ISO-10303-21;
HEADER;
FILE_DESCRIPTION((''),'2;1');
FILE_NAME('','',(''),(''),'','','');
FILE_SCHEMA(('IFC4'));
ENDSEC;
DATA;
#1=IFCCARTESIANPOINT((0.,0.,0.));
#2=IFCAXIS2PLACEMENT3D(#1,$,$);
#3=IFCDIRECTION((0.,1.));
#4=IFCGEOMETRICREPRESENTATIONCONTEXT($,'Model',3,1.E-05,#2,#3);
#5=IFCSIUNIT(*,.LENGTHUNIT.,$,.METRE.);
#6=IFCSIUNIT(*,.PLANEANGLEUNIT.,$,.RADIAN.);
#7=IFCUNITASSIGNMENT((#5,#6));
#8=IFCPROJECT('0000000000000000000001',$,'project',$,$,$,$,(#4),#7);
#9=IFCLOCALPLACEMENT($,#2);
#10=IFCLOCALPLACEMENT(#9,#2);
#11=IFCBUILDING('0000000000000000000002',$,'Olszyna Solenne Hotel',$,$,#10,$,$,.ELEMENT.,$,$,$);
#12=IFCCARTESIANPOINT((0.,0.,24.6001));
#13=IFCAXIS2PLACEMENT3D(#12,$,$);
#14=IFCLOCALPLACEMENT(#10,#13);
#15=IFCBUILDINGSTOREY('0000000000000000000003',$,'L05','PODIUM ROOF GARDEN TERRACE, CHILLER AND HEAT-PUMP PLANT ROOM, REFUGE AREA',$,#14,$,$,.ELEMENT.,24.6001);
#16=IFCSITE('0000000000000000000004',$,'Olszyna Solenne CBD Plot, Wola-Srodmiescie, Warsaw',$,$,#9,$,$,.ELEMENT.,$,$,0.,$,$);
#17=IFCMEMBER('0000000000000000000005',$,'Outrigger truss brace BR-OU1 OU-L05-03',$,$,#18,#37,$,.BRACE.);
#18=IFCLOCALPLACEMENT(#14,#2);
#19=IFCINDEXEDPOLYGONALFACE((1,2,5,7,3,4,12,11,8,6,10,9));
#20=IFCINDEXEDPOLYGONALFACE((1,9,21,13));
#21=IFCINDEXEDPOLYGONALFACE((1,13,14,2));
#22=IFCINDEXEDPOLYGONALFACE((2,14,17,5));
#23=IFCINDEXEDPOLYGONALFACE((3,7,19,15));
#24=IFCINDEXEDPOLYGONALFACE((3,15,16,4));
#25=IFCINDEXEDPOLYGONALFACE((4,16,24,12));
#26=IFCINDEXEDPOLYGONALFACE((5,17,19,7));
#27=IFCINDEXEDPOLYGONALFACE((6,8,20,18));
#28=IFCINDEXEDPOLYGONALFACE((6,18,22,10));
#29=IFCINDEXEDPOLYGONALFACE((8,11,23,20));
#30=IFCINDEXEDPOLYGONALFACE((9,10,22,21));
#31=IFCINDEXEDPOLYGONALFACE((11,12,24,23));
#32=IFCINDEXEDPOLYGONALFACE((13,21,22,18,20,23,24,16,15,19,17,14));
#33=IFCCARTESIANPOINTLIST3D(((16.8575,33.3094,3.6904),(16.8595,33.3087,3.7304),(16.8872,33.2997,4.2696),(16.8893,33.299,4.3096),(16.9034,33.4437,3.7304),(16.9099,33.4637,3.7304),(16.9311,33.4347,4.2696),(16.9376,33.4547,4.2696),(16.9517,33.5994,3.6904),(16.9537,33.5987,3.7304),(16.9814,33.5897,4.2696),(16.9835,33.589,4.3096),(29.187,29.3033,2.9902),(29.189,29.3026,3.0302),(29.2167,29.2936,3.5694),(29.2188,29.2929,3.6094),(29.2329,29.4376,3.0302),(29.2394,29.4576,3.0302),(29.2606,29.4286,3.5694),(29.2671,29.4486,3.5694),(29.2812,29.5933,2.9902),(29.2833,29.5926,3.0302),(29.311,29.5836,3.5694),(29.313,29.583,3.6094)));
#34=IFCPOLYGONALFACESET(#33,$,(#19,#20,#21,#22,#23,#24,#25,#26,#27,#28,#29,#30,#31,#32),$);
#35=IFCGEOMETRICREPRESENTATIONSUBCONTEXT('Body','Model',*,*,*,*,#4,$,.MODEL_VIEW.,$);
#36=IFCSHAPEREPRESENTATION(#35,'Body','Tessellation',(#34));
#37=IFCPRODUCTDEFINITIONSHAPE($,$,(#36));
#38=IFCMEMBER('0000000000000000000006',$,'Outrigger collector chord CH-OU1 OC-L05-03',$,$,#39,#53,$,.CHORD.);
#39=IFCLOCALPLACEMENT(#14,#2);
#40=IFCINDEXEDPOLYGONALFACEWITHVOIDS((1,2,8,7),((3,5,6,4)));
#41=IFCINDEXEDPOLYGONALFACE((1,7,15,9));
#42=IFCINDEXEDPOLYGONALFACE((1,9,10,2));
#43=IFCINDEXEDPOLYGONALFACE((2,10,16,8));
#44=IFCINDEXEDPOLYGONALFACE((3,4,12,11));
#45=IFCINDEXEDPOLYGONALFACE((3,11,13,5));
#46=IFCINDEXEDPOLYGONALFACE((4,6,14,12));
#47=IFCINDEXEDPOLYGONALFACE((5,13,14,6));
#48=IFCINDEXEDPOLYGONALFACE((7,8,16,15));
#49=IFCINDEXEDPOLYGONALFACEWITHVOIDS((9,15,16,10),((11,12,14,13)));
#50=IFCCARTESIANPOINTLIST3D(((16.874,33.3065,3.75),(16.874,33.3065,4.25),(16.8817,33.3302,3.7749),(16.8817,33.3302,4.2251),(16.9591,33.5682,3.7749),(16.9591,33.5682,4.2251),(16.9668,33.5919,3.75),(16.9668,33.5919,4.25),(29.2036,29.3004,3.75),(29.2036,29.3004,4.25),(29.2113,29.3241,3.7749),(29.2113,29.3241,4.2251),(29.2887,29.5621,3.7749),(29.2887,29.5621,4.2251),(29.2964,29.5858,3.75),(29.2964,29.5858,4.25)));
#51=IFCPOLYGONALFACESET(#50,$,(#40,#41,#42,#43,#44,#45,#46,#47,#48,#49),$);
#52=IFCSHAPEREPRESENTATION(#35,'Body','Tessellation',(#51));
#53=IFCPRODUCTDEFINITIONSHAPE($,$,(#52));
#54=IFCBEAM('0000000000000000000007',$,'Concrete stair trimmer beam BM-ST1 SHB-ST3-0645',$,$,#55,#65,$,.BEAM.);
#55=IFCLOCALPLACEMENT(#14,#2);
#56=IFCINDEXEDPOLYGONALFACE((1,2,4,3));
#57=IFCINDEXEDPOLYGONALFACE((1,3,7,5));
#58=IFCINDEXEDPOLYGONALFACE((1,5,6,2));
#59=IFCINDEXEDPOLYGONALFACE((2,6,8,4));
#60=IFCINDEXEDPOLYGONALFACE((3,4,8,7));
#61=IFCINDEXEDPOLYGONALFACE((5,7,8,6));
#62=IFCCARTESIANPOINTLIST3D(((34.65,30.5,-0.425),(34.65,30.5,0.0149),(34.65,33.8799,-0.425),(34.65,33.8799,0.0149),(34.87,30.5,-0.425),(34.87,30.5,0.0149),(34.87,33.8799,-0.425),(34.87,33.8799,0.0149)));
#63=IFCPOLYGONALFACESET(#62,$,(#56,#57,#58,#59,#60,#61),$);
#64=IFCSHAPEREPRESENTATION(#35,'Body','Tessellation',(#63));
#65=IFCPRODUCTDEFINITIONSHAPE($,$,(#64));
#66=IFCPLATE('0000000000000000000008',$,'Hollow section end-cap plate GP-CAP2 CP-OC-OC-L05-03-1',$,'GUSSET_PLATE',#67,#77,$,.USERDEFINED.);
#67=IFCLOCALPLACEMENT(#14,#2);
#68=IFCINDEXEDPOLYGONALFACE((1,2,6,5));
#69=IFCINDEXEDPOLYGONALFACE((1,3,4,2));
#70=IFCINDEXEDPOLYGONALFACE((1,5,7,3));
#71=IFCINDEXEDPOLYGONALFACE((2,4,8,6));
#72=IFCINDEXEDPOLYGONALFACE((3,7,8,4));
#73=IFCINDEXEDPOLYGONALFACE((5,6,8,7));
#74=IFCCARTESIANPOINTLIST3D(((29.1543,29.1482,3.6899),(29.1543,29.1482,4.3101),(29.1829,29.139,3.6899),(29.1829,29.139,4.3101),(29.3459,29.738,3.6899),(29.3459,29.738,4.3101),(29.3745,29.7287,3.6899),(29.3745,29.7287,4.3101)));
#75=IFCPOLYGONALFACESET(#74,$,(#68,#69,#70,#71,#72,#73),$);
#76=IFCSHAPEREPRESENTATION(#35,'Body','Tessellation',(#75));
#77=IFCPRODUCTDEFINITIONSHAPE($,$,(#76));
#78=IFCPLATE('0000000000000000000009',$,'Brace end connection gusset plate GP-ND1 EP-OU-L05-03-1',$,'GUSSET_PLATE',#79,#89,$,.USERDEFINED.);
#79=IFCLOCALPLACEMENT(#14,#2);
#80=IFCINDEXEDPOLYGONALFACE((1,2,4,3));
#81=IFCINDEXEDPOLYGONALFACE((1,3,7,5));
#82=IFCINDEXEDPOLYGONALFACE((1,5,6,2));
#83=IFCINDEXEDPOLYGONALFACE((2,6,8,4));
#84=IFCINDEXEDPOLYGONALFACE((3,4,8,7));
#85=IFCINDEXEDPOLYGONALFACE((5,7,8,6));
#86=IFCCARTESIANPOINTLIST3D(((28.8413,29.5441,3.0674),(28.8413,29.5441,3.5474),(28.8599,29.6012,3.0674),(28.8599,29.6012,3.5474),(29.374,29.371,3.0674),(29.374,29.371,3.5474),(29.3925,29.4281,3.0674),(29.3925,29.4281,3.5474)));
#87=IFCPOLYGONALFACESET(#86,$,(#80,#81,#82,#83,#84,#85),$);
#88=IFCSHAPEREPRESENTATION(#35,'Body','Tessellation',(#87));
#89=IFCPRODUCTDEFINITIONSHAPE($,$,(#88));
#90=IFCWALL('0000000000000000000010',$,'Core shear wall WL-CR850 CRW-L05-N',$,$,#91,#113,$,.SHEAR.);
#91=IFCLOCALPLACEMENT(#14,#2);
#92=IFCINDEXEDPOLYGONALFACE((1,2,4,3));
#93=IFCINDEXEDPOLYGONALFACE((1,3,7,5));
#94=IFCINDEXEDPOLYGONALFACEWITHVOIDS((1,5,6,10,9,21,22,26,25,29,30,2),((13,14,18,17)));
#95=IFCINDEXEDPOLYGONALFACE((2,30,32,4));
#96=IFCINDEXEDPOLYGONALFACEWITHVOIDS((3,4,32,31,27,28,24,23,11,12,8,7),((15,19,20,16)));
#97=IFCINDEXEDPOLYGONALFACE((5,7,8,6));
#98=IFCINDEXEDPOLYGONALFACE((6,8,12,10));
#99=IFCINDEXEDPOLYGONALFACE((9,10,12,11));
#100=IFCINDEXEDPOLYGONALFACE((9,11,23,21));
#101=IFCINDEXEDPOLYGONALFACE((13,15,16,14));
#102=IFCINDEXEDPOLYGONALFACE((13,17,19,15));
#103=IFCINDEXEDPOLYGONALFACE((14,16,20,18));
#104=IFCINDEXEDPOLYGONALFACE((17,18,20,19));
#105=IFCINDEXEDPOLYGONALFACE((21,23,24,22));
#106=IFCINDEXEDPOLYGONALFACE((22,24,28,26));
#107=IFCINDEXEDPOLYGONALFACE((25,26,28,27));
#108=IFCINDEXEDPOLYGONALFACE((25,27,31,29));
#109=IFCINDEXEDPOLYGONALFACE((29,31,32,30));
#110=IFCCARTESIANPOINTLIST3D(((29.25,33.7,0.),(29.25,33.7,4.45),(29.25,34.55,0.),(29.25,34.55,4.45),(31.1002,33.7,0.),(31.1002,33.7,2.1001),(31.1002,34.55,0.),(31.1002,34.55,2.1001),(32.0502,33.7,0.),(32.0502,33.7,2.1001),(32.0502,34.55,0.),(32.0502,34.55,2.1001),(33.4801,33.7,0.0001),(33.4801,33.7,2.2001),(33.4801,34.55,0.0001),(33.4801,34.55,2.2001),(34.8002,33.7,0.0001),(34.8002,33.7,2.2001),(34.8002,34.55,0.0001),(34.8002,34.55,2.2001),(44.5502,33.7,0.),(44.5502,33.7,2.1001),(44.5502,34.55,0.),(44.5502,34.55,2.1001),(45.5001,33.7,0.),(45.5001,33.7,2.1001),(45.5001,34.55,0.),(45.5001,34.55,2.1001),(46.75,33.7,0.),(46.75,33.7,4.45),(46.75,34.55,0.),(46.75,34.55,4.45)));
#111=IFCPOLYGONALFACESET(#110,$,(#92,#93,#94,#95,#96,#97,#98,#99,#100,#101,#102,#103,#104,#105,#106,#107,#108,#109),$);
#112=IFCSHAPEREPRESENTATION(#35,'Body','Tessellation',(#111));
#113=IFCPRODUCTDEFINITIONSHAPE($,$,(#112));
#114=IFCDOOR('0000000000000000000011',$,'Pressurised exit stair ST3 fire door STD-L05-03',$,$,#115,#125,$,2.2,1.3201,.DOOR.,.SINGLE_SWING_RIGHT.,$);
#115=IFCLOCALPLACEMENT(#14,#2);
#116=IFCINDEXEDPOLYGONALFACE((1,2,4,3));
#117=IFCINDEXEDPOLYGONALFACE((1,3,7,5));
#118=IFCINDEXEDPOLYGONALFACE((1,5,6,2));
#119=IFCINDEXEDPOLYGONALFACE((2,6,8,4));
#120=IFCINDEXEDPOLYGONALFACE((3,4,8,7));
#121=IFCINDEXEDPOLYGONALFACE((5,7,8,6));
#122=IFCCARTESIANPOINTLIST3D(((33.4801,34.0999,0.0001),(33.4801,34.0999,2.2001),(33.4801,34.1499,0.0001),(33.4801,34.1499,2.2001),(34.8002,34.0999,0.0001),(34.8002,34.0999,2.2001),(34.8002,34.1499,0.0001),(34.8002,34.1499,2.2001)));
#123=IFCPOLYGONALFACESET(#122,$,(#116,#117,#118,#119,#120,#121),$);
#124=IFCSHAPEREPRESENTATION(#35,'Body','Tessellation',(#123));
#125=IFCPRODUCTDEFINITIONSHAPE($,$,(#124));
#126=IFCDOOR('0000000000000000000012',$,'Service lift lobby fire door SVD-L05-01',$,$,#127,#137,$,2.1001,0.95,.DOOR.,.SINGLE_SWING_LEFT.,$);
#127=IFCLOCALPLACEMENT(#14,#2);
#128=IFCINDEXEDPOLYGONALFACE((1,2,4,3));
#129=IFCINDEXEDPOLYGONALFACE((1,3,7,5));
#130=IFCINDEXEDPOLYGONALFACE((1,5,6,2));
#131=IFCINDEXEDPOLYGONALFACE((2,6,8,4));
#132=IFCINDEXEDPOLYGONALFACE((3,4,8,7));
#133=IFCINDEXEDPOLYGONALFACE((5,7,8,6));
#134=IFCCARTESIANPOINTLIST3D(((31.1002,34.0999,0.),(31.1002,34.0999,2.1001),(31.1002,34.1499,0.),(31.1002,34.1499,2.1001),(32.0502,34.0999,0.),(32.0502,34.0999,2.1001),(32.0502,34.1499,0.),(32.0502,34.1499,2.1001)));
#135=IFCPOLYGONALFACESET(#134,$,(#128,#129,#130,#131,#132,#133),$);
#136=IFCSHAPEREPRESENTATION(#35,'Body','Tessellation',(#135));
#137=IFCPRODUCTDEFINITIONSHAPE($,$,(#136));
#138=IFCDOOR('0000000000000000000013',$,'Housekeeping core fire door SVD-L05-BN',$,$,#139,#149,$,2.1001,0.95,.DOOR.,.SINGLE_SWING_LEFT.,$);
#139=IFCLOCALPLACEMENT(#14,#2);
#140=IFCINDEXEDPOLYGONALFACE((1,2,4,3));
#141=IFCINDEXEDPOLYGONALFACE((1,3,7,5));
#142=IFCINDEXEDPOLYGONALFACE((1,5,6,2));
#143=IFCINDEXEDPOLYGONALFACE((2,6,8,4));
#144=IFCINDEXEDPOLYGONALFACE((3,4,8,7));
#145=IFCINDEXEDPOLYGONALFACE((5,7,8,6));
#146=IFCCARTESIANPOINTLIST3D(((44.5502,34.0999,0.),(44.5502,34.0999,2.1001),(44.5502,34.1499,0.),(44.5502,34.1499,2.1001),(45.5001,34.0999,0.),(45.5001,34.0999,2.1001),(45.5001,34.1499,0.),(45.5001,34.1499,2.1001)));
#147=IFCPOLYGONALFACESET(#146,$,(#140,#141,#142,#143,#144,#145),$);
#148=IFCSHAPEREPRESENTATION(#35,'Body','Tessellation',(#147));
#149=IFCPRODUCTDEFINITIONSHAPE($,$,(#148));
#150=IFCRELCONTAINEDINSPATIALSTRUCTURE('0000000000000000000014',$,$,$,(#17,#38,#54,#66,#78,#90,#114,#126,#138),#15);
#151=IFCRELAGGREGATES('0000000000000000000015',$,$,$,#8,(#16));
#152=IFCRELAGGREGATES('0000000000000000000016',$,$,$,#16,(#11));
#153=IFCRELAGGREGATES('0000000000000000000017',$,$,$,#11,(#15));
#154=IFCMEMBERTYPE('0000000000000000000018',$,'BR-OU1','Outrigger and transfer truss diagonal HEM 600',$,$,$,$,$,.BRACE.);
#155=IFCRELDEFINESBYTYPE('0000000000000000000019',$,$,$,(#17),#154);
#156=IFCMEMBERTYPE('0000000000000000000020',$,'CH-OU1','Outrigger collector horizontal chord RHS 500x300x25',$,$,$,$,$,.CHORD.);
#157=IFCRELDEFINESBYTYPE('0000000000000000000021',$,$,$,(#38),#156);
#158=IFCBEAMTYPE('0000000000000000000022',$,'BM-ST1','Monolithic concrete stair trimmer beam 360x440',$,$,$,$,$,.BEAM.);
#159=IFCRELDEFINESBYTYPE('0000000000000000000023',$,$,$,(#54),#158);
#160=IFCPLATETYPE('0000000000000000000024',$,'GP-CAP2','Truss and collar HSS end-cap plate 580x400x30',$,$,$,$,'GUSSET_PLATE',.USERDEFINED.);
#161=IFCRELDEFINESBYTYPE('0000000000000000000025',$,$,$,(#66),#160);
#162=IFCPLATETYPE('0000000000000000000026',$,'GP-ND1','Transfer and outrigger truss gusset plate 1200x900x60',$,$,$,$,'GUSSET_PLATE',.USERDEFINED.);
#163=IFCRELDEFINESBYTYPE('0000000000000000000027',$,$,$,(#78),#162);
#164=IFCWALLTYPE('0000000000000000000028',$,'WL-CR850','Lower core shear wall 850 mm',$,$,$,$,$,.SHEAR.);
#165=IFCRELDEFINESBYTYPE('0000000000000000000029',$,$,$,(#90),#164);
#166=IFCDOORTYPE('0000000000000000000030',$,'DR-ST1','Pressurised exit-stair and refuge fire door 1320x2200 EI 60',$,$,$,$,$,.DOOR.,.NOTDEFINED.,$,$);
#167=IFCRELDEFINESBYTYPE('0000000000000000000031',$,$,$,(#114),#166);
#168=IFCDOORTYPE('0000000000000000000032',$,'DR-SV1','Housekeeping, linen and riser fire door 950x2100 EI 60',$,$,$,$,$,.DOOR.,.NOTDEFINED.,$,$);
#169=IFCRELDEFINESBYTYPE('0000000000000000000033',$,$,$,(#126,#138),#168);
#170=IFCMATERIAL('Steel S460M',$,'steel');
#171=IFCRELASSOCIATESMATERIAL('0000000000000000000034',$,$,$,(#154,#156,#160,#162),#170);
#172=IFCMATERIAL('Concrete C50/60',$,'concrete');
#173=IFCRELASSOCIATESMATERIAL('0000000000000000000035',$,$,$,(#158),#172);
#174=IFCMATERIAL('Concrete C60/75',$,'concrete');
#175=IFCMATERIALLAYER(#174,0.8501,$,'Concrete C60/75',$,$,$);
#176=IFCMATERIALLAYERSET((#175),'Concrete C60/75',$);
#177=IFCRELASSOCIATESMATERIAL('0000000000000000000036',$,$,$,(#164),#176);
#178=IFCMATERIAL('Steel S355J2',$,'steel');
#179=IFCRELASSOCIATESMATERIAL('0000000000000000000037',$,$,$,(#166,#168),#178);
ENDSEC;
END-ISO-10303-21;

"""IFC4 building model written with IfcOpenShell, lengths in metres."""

from ifc_helpers import new_model, si_unit, direction, frame, frame_2d, origin, origin_2d, place, context, subcontext, project, spatial, rectangle, hollow_rectangle, i_section, extrude, source, transform, mapped, material, layer, layer_set, material_profile, profile_set, type_object, type_shapes, element, fill, save


model = new_model("IFC4")

# Units and contexts
model_context = context("Model", 3, precision=1e-05, world=origin(), true_north=direction((0.0, 1.0)))
body_context = subcontext(model_context, "Body", "Model", "MODEL_VIEW")
ifc_project = project(units=[si_unit("LENGTHUNIT", "METRE"), si_unit("PLANEANGLEUNIT", "RADIAN")], contexts=[model_context])

# Site, building, storey
site_placement = place(None, origin())
site = spatial("IfcSite", under=ifc_project, at=site_placement, Name="Olszyna Solenne CBD Plot, Wola-Srodmiescie, Warsaw", CompositionType="ELEMENT", RefElevation=0.0)
building_placement = place(site_placement, origin())
building = spatial("IfcBuilding", under=site, at=building_placement, Name="Olszyna Solenne Hotel", CompositionType="ELEMENT")
storey_placement = place(building_placement, frame((0.0, 0.0, 24.6001)))
storey = spatial("IfcBuildingStorey", under=building, at=storey_placement, Name="L05", Description="PODIUM ROOF GARDEN TERRACE, CHILLER AND HEAT-PUMP PLANT ROOM, REFUGE AREA", CompositionType="ELEMENT", Elevation=24.6001)

# Members
ifc_material_1 = material(Name="Steel S460M", Category="steel")
ifc_material_profile_1 = material_profile(ifc_material_1, i_section(OverallWidth=0.3049, OverallDepth=0.6201, WebThickness=0.021, FlangeThickness=0.04, at=origin_2d()), Name="HEM 600", Category="load-bearing")
ifc_profile_set_1 = profile_set([ifc_material_profile_1], Name="Steel S460M")
member_type_1 = type_object("IfcMemberType", Name="BR-OU1", Description="Outrigger and transfer truss diagonal HEM 600", PredefinedType="BRACE", material=ifc_profile_set_1)
shared_shape_1 = source(origin(), body_context, "Body", "SweptSolid", [
    extrude(i_section(OverallWidth=0.3049, OverallDepth=0.6201, WebThickness=0.021, FlangeThickness=0.04, at=origin_2d()), origin(), (0.0, 0.0, 1.0), 12.9829),
])
member_1_placement = place(storey_placement, frame((29.25, 29.4431, 3.2998), z_axis=(-0.949673, 0.308566, 0.053932), x_axis=(-0.309015, -0.951057, 0.0)))
element("IfcMember", 1, at=member_1_placement, inside=storey, type_object=member_type_1, Name="Outrigger truss brace BR-OU1 OU-L05-03", PredefinedType="BRACE", context=body_context, shape_type="MappedRepresentation", body=[
    mapped(shared_shape_1, transform((0.0, 0.0, 0.0), x_axis=(1.0, 0.0, 0.0), y_axis=(0.0, 1.0, 0.0), z_axis=(0.0, 0.0, 1.0), scale=1.0)),
])
ifc_material_profile_2 = material_profile(ifc_material_1, hollow_rectangle(XDim=0.3, YDim=0.5, WallThickness=0.0249, at=origin_2d()), Name="RHS 500x300x25", Category="load-bearing")
ifc_profile_set_2 = profile_set([ifc_material_profile_2], Name="Steel S460M")
member_type_2 = type_object("IfcMemberType", Name="CH-OU1", Description="Outrigger collector horizontal chord RHS 500x300x25", PredefinedType="CHORD", material=ifc_profile_set_2)
shared_shape_2 = source(origin(), body_context, "Body", "SweptSolid", [
    extrude(hollow_rectangle(XDim=0.3, YDim=0.5, WallThickness=0.0249, at=origin_2d()), origin(), (0.0, 0.0, 1.0), 12.9641),
])
member_2_placement = place(storey_placement, frame((29.25, 29.4431, 4.0), z_axis=(-0.951057, 0.309015, 0.0), x_axis=(-0.309015, -0.951057, 0.0)))
element("IfcMember", 2, at=member_2_placement, inside=storey, type_object=member_type_2, Name="Outrigger collector chord CH-OU1 OC-L05-03", PredefinedType="CHORD", context=body_context, shape_type="MappedRepresentation", body=[
    mapped(shared_shape_2, transform((0.0, 0.0, 0.0), x_axis=(1.0, 0.0, 0.0), y_axis=(0.0, 1.0, 0.0), z_axis=(0.0, 0.0, 1.0), scale=1.0)),
])

# Beam
ifc_material_2 = material(Name="Concrete C50/60", Category="concrete")
ifc_material_profile_3 = material_profile(ifc_material_2, rectangle(XDim=0.22, YDim=0.4399, at=origin_2d()), Name="RC 220x440", Category="load-bearing")
ifc_profile_set_3 = profile_set([ifc_material_profile_3], Name="Concrete C50/60")
beam_type = type_object("IfcBeamType", Name="BM-ST1", Description="Monolithic concrete stair trimmer beam 360x440", PredefinedType="BEAM", material=ifc_profile_set_3)
shared_shape_3 = source(origin(), body_context, "Body", "SweptSolid", [
    extrude(rectangle(XDim=0.22, YDim=0.4399, at=origin_2d()), origin(), (0.0, 0.0, 1.0), 3.3799),
])
beam_placement = place(storey_placement, frame((34.76, 30.5, -0.2051), z_axis=(0.0, 1.0, 0.0), x_axis=(-1.0, 0.0, 0.0)))
element("IfcBeam", 3, at=beam_placement, inside=storey, type_object=beam_type, Name="Concrete stair trimmer beam BM-ST1 SHB-ST3-0645", PredefinedType="BEAM", context=body_context, shape_type="MappedRepresentation", body=[
    mapped(shared_shape_3, transform((0.0, 0.0, 0.0), x_axis=(1.0, 0.0, 0.0), y_axis=(0.0, 1.0, 0.0), z_axis=(0.0, 0.0, 1.0), scale=1.0)),
])

# Plates
plate_type_1 = type_object("IfcPlateType", Name="GP-CAP2", Description="Truss and collar HSS end-cap plate 580x400x30", ElementType="GUSSET_PLATE", PredefinedType="USERDEFINED", material=ifc_material_1)
shared_shape_4 = source(origin(), body_context, "Body", "SweptSolid", [
    extrude(rectangle(XDim=0.03, YDim=0.6201, at=origin_2d()), origin(), (0.0, 0.0, 1.0), 0.6201),
])
plate_1_placement = place(storey_placement, frame((29.2644, 29.4385, 3.6899), z_axis=(0.0, 0.0, 1.0), x_axis=(-0.951057, 0.309017, 0.0)))
element("IfcPlate", 4, at=plate_1_placement, inside=storey, type_object=plate_type_1, Name="Hollow section end-cap plate GP-CAP2 CP-OC-OC-L05-03-1", ObjectType="GUSSET_PLATE", PredefinedType="USERDEFINED", context=body_context, shape_type="MappedRepresentation", body=[
    mapped(shared_shape_4, transform((0.0, 0.0, 0.0), x_axis=(1.0, 0.0, 0.0), y_axis=(0.0, 1.0, 0.0), z_axis=(0.0, 0.0, 1.0), scale=1.0)),
])
plate_type_2 = type_object("IfcPlateType", Name="GP-ND1", Description="Transfer and outrigger truss gusset plate 1200x900x60", ElementType="GUSSET_PLATE", PredefinedType="USERDEFINED", material=ifc_material_1)
shared_shape_5 = source(origin(), body_context, "Body", "SweptSolid", [
    extrude(rectangle(XDim=0.5601, YDim=0.0601, at=origin_2d()), origin(), (0.0, 0.0, 1.0), 0.48),
])
plate_2_placement = place(storey_placement, frame((29.1169, 29.4861, 3.0674), z_axis=(0.0, 0.0, 1.0), x_axis=(-0.951057, 0.309017, 0.0)))
element("IfcPlate", 5, at=plate_2_placement, inside=storey, type_object=plate_type_2, Name="Brace end connection gusset plate GP-ND1 EP-OU-L05-03-1", ObjectType="GUSSET_PLATE", PredefinedType="USERDEFINED", context=body_context, shape_type="MappedRepresentation", body=[
    mapped(shared_shape_5, transform((0.0, 0.0, 0.0), x_axis=(1.0, 0.0, 0.0), y_axis=(0.0, 1.0, 0.0), z_axis=(0.0, 0.0, 1.0), scale=1.0)),
])

# Wall, openings, doors
ifc_material_3 = material(Name="Concrete C60/75", Category="concrete")
ifc_layer_1 = layer(ifc_material_3, 0.8501, Name="Concrete C60/75")
ifc_layer_set_1 = layer_set([ifc_layer_1], Name="Concrete C60/75")
wall_type_1 = type_object("IfcWallType", Name="WL-CR850", Description="Lower core shear wall 850 mm", PredefinedType="SHEAR", material=ifc_layer_set_1)
wall_1_placement = place(storey_placement, frame((29.25, 34.125, 0.0), z_axis=(0.0, 0.0, 1.0), x_axis=(1.0, 0.0, 0.0)))
wall_1 = element("IfcWall", 6, at=wall_1_placement, inside=storey, type_object=wall_type_1, Name="Core shear wall WL-CR850 CRW-L05-N", PredefinedType="SHEAR", context=body_context, shape_type="SweptSolid", body=[
    extrude(rectangle(XDim=17.5, YDim=0.8501, at=frame_2d((8.75, 0.0))), origin(), (0.0, 0.0, 1.0), 4.45),
])
opening_1_placement = place(wall_1_placement, frame((1.8501, 0.0, 0.0)))
opening_1 = element("IfcOpeningElement", 7, at=opening_1_placement, cuts=wall_1, PredefinedType="OPENING", context=body_context, shape_type="SweptSolid", body=[
    extrude(rectangle(XDim=0.95, YDim=2.1001, at=frame_2d((0.4751, 1.05))), frame((0.0, 0.4351, 0.0), z_axis=(0.0, -1.0, 0.0), x_axis=(1.0, 0.0, 0.0)), (0.0, 0.0, 1.0), 0.8701),
])
opening_2_placement = place(wall_1_placement, frame((4.23, 0.0, 0.0)))
opening_2 = element("IfcOpeningElement", 8, at=opening_2_placement, cuts=wall_1, PredefinedType="OPENING", context=body_context, shape_type="SweptSolid", body=[
    extrude(rectangle(XDim=1.3201, YDim=2.2, at=frame_2d((0.6602, 1.1001))), frame((0.0, 0.4351, 0.0), z_axis=(0.0, -1.0, 0.0), x_axis=(1.0, 0.0, 0.0)), (0.0, 0.0, 1.0), 0.8701),
])
opening_3_placement = place(wall_1_placement, frame((15.3, 0.0, 0.0)))
opening_3 = element("IfcOpeningElement", 9, at=opening_3_placement, cuts=wall_1, PredefinedType="OPENING", context=body_context, shape_type="SweptSolid", body=[
    extrude(rectangle(XDim=0.95, YDim=2.1001, at=frame_2d((0.4751, 1.05))), frame((0.0, 0.4351, 0.0), z_axis=(0.0, -1.0, 0.0), x_axis=(1.0, 0.0, 0.0)), (0.0, 0.0, 1.0), 0.8701),
])
ifc_material_4 = material(Name="Steel S355J2", Category="steel")
door_type_1 = type_object("IfcDoorType", Name="DR-ST1", Description="Pressurised exit-stair and refuge fire door 1320x2200 EI 60", OperationType="NOTDEFINED", PredefinedType="DOOR", material=ifc_material_4)
shared_shape_6 = source(origin(), body_context, "Body", "SweptSolid", [
    extrude(rectangle(XDim=1.3201, YDim=2.2, at=frame_2d((0.6602, 1.1001))), frame((0.0, 0.0249, 0.0), z_axis=(0.0, -1.0, 0.0), x_axis=(1.0, 0.0, 0.0)), (0.0, 0.0, 1.0), 0.05),
])
type_shapes(door_type_1, [shared_shape_6])
door_1_placement = place(opening_2_placement, origin())
door_1 = element("IfcDoor", 10, at=door_1_placement, inside=storey, type_object=door_type_1, Name="Pressurised exit stair ST3 fire door STD-L05-03", OperationType="SINGLE_SWING_RIGHT", OverallHeight=2.2, OverallWidth=1.3201, PredefinedType="DOOR", context=body_context, shape_type="MappedRepresentation", body=[
    mapped(shared_shape_6, transform((0.0, 0.0, 0.0), x_axis=(1.0, 0.0, 0.0), y_axis=(0.0, 1.0, 0.0), z_axis=(0.0, 0.0, 1.0), scale=1.0)),
])
fill(opening_2, door_1)
door_type_2 = type_object("IfcDoorType", Name="DR-SV1", Description="Housekeeping, linen and riser fire door 950x2100 EI 60", OperationType="NOTDEFINED", PredefinedType="DOOR", material=ifc_material_4)
shared_shape_7 = source(origin(), body_context, "Body", "SweptSolid", [
    extrude(rectangle(XDim=0.95, YDim=2.1001, at=frame_2d((0.4751, 1.05))), frame((0.0, 0.0249, 0.0), z_axis=(0.0, -1.0, 0.0), x_axis=(1.0, 0.0, 0.0)), (0.0, 0.0, 1.0), 0.05),
])
type_shapes(door_type_2, [shared_shape_7])
door_2_placement = place(opening_1_placement, origin())
door_2 = element("IfcDoor", 11, at=door_2_placement, inside=storey, type_object=door_type_2, Name="Service lift lobby fire door SVD-L05-01", OperationType="SINGLE_SWING_LEFT", OverallHeight=2.1001, OverallWidth=0.95, PredefinedType="DOOR", context=body_context, shape_type="MappedRepresentation", body=[
    mapped(shared_shape_7, transform((0.0, 0.0, 0.0), x_axis=(1.0, 0.0, 0.0), y_axis=(0.0, 1.0, 0.0), z_axis=(0.0, 0.0, 1.0), scale=1.0)),
])
fill(opening_1, door_2)
door_3_placement = place(opening_3_placement, origin())
door_3 = element("IfcDoor", 12, at=door_3_placement, inside=storey, type_object=door_type_2, Name="Housekeeping core fire door SVD-L05-BN", OperationType="SINGLE_SWING_LEFT", OverallHeight=2.1001, OverallWidth=0.95, PredefinedType="DOOR", context=body_context, shape_type="MappedRepresentation", body=[
    mapped(shared_shape_7, transform((0.0, 0.0, 0.0), x_axis=(1.0, 0.0, 0.0), y_axis=(0.0, 1.0, 0.0), z_axis=(0.0, 0.0, 1.0), scale=1.0)),
])
fill(opening_3, door_3)

save(model, "model.ifc")
